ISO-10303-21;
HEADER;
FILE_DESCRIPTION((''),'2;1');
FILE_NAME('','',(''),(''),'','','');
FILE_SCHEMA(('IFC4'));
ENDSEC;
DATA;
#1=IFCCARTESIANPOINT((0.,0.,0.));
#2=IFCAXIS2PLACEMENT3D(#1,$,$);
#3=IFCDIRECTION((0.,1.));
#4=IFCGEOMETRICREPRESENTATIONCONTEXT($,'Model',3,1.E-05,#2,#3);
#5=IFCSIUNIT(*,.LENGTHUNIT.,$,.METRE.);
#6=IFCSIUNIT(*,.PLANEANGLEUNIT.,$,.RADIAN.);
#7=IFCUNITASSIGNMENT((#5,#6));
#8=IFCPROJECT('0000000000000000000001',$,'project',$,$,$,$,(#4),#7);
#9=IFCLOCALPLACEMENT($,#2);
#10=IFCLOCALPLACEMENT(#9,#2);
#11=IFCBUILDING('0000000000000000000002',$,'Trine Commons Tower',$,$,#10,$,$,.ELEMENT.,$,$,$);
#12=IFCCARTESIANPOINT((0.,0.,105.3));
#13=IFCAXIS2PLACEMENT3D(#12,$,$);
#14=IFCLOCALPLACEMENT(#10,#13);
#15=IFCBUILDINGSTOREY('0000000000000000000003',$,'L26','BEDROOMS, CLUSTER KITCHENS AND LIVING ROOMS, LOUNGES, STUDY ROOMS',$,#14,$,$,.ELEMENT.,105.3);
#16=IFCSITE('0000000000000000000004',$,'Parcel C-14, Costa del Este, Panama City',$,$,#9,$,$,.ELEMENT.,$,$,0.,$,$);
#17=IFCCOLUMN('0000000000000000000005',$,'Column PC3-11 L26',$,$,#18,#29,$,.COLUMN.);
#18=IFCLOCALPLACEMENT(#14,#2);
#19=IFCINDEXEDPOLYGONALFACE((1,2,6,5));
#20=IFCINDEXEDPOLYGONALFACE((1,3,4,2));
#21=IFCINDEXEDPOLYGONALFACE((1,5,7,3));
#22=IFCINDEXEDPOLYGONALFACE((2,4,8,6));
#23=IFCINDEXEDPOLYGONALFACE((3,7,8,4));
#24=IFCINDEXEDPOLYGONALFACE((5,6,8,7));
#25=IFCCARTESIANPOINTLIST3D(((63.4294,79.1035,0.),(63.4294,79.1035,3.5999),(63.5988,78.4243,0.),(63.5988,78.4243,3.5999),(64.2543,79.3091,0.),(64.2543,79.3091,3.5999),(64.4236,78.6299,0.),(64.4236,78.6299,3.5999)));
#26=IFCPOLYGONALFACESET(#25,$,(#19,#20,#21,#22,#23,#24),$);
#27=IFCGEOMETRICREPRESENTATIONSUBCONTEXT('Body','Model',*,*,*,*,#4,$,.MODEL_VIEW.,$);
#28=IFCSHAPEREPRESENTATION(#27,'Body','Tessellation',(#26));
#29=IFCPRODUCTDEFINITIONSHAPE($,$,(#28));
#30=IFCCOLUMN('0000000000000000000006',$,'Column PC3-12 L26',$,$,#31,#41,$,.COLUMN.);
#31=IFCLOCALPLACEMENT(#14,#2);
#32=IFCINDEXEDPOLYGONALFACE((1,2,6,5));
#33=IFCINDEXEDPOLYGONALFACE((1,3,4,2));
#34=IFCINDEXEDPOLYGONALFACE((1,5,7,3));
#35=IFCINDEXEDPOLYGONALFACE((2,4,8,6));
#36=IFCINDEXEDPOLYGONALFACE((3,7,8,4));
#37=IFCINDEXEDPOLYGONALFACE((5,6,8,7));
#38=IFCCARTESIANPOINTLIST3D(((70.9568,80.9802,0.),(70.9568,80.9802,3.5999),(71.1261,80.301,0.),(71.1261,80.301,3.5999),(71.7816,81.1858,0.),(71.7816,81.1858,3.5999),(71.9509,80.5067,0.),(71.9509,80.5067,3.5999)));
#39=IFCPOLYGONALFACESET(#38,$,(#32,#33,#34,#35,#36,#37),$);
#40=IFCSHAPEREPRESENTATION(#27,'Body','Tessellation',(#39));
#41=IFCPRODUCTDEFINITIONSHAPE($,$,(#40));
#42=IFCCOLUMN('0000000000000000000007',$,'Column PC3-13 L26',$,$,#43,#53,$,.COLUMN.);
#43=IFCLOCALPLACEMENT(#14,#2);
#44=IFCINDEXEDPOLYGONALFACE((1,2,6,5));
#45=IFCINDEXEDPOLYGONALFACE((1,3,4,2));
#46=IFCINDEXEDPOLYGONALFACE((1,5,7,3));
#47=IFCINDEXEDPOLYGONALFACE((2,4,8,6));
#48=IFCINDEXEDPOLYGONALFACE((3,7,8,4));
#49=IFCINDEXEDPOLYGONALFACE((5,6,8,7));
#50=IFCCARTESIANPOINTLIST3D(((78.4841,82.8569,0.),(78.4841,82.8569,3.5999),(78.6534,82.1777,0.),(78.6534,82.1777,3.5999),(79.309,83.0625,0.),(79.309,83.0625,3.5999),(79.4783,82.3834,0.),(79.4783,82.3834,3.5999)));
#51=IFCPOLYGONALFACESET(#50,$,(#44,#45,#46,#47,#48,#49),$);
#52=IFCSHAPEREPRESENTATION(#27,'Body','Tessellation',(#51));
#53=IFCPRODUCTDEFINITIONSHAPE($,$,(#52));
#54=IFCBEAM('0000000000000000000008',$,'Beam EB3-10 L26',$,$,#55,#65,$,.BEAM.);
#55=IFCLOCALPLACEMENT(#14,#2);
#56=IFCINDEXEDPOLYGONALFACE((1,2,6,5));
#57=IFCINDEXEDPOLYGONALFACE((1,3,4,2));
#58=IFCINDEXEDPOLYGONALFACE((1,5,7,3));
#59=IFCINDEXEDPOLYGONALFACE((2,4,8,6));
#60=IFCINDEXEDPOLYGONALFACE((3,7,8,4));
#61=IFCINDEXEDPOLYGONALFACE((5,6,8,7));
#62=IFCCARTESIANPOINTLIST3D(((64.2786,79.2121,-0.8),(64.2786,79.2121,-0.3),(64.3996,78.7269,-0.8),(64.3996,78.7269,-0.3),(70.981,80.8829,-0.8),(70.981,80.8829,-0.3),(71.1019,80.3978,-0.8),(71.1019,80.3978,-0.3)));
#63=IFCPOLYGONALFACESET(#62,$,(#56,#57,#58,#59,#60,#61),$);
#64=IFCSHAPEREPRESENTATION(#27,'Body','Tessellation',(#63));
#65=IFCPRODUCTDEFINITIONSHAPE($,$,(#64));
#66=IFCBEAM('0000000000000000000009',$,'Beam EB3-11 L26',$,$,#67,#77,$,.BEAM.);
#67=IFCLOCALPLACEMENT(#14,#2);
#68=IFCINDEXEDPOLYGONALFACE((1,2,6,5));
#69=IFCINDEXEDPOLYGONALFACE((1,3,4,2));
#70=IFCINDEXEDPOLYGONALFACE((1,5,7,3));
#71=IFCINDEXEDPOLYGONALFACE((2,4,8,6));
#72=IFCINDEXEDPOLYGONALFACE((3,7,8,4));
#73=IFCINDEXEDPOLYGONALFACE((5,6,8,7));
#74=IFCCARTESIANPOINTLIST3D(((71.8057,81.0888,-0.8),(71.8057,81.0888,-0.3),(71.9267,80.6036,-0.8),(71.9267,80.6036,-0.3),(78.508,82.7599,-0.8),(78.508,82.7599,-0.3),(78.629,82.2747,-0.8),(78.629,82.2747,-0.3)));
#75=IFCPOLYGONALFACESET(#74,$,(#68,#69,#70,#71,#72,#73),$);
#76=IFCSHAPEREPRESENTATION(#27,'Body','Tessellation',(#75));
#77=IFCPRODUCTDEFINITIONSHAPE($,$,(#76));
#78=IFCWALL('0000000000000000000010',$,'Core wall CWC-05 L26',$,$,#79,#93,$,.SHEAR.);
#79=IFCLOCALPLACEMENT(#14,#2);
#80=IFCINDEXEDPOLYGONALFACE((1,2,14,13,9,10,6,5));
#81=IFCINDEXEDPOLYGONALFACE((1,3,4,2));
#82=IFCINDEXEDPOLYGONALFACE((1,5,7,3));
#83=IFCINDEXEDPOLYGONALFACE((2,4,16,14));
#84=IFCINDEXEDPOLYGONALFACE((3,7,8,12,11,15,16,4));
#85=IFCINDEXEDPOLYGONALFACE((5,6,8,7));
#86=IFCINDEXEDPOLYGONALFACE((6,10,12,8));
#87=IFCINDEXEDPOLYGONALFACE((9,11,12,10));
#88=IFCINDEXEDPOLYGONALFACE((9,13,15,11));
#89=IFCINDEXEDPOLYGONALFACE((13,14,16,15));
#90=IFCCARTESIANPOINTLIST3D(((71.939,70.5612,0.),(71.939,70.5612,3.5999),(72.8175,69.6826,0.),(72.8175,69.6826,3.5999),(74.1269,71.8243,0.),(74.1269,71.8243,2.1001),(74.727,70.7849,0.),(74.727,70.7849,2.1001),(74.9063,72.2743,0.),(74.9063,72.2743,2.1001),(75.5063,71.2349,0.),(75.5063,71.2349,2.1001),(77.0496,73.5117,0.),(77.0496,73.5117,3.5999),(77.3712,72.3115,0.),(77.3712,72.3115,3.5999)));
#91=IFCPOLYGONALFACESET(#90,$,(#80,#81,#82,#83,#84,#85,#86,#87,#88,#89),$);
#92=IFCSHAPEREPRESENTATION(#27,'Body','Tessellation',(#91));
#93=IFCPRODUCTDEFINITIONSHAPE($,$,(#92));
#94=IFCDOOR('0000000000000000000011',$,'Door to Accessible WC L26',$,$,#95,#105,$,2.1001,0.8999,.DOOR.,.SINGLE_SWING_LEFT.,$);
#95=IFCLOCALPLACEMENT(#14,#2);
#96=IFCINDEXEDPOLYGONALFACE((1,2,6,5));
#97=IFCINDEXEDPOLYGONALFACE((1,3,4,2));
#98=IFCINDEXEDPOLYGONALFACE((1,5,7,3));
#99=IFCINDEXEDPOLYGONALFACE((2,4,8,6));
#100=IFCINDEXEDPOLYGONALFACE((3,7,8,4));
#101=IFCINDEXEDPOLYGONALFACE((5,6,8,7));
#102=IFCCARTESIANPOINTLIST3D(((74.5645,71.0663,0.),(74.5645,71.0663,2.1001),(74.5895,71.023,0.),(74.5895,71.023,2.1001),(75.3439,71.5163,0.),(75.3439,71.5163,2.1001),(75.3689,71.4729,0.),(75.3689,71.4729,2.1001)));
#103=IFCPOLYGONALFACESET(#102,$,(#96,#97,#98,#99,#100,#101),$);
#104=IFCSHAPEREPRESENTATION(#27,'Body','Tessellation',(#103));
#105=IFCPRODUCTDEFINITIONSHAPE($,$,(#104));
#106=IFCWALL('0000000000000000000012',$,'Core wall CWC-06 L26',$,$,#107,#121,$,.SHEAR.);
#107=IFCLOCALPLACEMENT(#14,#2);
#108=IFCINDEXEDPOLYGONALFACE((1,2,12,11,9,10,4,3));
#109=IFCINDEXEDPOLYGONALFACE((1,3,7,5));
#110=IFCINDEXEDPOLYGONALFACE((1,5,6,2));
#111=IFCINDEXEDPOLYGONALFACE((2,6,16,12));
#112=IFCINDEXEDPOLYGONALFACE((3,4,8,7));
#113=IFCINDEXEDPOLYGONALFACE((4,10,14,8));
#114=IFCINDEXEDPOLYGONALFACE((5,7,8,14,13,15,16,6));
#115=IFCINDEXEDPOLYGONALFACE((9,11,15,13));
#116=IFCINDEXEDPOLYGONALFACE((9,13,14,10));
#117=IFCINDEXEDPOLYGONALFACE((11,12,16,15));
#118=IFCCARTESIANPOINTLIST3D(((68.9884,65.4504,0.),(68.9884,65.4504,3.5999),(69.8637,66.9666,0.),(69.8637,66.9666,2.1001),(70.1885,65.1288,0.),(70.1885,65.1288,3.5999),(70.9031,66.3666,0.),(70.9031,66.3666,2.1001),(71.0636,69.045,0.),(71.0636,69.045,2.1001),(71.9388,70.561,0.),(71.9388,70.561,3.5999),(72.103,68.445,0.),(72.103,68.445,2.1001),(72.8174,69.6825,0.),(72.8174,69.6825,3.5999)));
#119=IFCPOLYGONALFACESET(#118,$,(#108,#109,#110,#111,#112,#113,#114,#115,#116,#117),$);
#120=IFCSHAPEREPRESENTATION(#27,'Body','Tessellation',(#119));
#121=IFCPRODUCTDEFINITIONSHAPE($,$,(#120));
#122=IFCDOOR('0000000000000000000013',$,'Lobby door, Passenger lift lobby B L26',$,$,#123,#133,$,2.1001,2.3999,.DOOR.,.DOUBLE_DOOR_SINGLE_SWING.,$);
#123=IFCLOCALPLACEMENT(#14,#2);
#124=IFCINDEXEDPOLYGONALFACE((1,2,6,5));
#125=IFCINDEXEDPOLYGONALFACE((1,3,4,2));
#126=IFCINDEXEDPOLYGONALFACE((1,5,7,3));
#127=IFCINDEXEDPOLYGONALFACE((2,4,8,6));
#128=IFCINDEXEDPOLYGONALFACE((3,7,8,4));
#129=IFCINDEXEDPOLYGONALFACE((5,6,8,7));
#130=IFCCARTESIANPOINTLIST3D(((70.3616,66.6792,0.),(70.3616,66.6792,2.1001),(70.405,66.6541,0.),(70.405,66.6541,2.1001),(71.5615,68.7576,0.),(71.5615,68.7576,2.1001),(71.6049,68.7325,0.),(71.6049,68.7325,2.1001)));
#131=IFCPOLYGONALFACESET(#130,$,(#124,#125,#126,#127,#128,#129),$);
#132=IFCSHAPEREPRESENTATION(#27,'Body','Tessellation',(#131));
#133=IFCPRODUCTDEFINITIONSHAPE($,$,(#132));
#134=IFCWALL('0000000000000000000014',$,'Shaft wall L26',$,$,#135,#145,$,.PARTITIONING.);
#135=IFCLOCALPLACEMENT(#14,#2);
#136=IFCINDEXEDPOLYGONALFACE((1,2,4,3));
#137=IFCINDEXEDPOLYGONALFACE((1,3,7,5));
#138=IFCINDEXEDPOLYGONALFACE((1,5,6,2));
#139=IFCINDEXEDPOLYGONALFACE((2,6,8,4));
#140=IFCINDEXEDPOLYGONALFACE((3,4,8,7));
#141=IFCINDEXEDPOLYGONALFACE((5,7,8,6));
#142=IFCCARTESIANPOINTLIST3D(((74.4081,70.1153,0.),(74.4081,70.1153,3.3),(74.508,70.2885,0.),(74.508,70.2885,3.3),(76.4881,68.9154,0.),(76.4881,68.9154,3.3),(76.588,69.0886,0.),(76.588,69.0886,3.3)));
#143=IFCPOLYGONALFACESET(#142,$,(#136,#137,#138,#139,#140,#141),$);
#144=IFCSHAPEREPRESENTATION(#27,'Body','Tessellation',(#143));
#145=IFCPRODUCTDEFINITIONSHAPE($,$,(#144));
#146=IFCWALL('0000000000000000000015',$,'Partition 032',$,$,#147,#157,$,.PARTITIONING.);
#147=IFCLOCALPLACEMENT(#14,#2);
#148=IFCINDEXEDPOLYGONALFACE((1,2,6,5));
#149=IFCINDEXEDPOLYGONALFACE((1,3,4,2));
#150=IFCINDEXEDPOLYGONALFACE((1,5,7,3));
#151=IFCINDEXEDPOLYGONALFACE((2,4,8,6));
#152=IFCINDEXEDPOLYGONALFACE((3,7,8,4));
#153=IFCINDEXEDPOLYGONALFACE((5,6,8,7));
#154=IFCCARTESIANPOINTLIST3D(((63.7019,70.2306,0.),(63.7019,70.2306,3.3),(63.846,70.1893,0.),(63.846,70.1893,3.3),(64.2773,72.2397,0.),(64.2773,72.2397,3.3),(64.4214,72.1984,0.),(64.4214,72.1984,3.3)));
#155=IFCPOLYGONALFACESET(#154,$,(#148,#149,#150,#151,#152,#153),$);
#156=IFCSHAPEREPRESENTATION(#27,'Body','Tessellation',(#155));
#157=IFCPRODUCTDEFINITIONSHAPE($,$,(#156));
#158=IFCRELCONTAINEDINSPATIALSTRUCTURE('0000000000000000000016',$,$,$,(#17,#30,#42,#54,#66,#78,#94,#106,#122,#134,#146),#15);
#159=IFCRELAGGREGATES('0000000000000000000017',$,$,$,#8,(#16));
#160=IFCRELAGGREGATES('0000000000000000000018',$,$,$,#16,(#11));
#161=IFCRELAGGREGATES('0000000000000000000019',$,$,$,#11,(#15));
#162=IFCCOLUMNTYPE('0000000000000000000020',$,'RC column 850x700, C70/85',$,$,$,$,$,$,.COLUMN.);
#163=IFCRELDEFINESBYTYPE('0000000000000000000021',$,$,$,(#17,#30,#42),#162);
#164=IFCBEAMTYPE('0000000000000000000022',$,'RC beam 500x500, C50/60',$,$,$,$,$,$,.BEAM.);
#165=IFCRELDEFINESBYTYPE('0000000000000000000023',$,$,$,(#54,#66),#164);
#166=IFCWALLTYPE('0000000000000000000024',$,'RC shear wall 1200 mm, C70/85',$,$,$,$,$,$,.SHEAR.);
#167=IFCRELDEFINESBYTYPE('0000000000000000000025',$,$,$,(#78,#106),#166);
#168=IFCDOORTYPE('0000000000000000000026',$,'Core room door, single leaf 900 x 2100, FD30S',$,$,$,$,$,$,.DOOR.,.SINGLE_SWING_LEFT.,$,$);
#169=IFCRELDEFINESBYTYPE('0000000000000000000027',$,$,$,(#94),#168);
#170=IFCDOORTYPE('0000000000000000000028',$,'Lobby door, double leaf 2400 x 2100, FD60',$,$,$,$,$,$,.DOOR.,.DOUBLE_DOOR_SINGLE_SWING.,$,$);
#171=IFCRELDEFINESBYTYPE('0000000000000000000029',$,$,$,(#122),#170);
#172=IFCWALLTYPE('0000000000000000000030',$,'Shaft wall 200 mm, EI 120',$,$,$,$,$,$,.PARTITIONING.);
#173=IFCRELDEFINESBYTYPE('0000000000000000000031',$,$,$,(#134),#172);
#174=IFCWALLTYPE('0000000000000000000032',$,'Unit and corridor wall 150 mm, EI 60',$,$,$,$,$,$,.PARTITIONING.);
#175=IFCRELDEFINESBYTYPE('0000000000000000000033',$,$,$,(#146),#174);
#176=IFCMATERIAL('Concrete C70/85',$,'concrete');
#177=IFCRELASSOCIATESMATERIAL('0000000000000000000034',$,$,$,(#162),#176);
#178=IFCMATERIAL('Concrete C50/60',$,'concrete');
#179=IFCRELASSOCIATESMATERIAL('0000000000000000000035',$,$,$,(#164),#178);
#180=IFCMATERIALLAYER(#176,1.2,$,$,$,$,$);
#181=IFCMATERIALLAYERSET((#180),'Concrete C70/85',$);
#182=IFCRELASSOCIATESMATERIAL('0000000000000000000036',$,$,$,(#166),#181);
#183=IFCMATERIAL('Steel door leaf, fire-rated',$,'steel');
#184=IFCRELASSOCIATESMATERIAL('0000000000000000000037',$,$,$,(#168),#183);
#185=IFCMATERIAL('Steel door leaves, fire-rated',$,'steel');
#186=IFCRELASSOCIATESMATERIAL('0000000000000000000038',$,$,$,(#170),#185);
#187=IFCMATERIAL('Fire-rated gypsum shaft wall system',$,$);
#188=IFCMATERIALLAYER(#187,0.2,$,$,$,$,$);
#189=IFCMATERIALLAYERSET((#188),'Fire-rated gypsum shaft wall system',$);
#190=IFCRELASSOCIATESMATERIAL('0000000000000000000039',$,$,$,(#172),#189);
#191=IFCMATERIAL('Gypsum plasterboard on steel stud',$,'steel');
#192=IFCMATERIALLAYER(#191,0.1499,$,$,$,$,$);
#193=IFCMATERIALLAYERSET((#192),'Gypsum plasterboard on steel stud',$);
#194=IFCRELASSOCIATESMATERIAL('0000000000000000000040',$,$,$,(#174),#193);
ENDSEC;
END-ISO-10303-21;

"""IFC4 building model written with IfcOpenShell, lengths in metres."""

from ifc_helpers import new_model, si_unit, direction, frame, frame_2d, origin, origin_2d, place, context, subcontext, project, spatial, polyline, rectangle, outline, extrude, material, layer, layer_set, material_profile, profile_set, type_object, element, fill, save


model = new_model("IFC4")

# Units and contexts
model_context = context("Model", 3, precision=1e-05, world=origin(), true_north=direction((0.0, 1.0)))
body_context = subcontext(model_context, "Body", "Model", "MODEL_VIEW")
ifc_project = project(units=[si_unit("LENGTHUNIT", "METRE"), si_unit("PLANEANGLEUNIT", "RADIAN")], contexts=[model_context])

# Site, building, storey
site_placement = place(None, origin())
site = spatial("IfcSite", under=ifc_project, at=site_placement, Name="Parcel C-14, Costa del Este, Panama City", CompositionType="ELEMENT", RefElevation=0.0)
building_placement = place(site_placement, origin())
building = spatial("IfcBuilding", under=site, at=building_placement, Name="Trine Commons Tower", CompositionType="ELEMENT")
storey_placement = place(building_placement, frame((0.0, 0.0, 105.3)))
storey = spatial("IfcBuildingStorey", under=building, at=storey_placement, Name="L26", Description="BEDROOMS, CLUSTER KITCHENS AND LIVING ROOMS, LOUNGES, STUDY ROOMS", CompositionType="ELEMENT", Elevation=105.3)

# Columns
ifc_material_1 = material(Name="Concrete C70/85", Category="concrete")
ifc_material_profile_1 = material_profile(ifc_material_1, rectangle(XDim=0.8501, YDim=0.7, at=origin_2d()), Name="RC 850x700")
ifc_profile_set_1 = profile_set([ifc_material_profile_1], Name="Concrete C70/85")
column_type = type_object("IfcColumnType", Name="RC column 850x700, C70/85", PredefinedType="COLUMN", material=ifc_profile_set_1)
for number, where, z_axis, x_axis, name in (
    (1, (63.9265, 78.8667, 0.0), (0.0, 0.0, 1.0), (0.970296, 0.241922, 0.0), "Column PC3-11 L26"),
    (2, (71.4539, 80.7434, 0.0), (0.0, 0.0, 1.0), (0.970296, 0.241922, 0.0), "Column PC3-12 L26"),
    (3, (78.9812, 82.6201, 0.0), (0.0, 0.0, 1.0), (0.970296, 0.241922, 0.0), "Column PC3-13 L26"),
):
    element("IfcColumn", number, at=place(storey_placement, frame(where, z_axis=z_axis, x_axis=x_axis)), inside=storey, type_object=column_type, Name=name, PredefinedType="COLUMN", context=body_context, shape_type="SweptSolid", body=[
        extrude(rectangle(XDim=0.8501, YDim=0.7, at=origin_2d()), origin(), (0.0, 0.0, 1.0), 3.5999),
    ])

# Beams
ifc_material_2 = material(Name="Concrete C50/60", Category="concrete")
ifc_material_profile_2 = material_profile(ifc_material_2, rectangle(XDim=0.5, YDim=0.5, at=origin_2d()), Name="RC 500x500")
ifc_profile_set_2 = profile_set([ifc_material_profile_2], Name="Concrete C50/60")
beam_type = type_object("IfcBeamType", Name="RC beam 500x500, C50/60", PredefinedType="BEAM", material=ifc_profile_set_2)
for number, where, z_axis, x_axis, name in (
    (4, (64.3391, 78.9695, -0.55), (0.970302, 0.241895, 0.0), (-0.241895, 0.970302, 0.0), "Beam EB3-10 L26"),
    (5, (71.8662, 80.8462, -0.55), (0.970294, 0.241928, 0.0), (-0.241928, 0.970294, 0.0), "Beam EB3-11 L26"),
):
    element("IfcBeam", number, at=place(storey_placement, frame(where, z_axis=z_axis, x_axis=x_axis)), inside=storey, type_object=beam_type, Name=name, PredefinedType="BEAM", context=body_context, shape_type="SweptSolid", body=[
        extrude(rectangle(XDim=0.5, YDim=0.5, at=origin_2d()), origin(), (0.0, 0.0, 1.0), 6.9075),
    ])

# Walls, openings, doors
ifc_layer_1 = layer(ifc_material_1, 1.2)
ifc_layer_set_1 = layer_set([ifc_layer_1], Name="Concrete C70/85")
wall_type_1 = type_object("IfcWallType", Name="RC shear wall 1200 mm, C70/85", PredefinedType="SHEAR", material=ifc_layer_set_1)
wall_1_placement = place(storey_placement, frame((77.3496, 72.9919, 0.0), z_axis=(0.0, 0.0, 1.0), x_axis=(-0.866037, -0.499979, 0.0)))
wall_1 = element("IfcWall", 6, at=wall_1_placement, inside=storey, type_object=wall_type_1, Name="Core wall CWC-05 L26", PredefinedType="SHEAR", context=body_context, shape_type="SweptSolid", body=[
    extrude(outline(polyline([(0.0, -0.6001), (5.9011, -0.6001), (5.5796, 0.6001), (0.3215, 0.6001), (0.0, -0.6001)])), origin(), (0.0, 0.0, 1.0), 3.5999),
])
opening_1_placement = place(wall_1_placement, frame((2.4749, 0.0, 0.0)))
opening_1 = element("IfcOpeningElement", 7, at=opening_1_placement, cuts=wall_1, PredefinedType="OPENING", context=body_context, shape_type="SweptSolid", body=[
    extrude(rectangle(XDim=0.8999, YDim=2.1001, at=frame_2d((0.45, 1.05))), frame((0.0, 0.6099, 0.0), z_axis=(0.0, -1.0, 0.0), x_axis=(1.0, 0.0, 0.0)), (0.0, 0.0, 1.0), 1.22),
])
ifc_material_3 = material(Name="Steel door leaf, fire-rated", Category="steel")
door_type_1 = type_object("IfcDoorType", Name="Core room door, single leaf 900 x 2100, FD30S", OperationType="SINGLE_SWING_LEFT", PredefinedType="DOOR", material=ifc_material_3)
door_1_placement = place(opening_1_placement, origin())
door_1 = element("IfcDoor", 8, at=door_1_placement, inside=storey, type_object=door_type_1, Name="Door to Accessible WC L26", OperationType="SINGLE_SWING_LEFT", OverallHeight=2.1001, OverallWidth=0.8999, PredefinedType="DOOR", context=body_context, shape_type="SweptSolid", body=[
    extrude(rectangle(XDim=0.8999, YDim=2.1001, at=frame_2d((0.45, 1.05))), frame((0.0, 0.3252, 0.0), z_axis=(0.0, -1.0, 0.0), x_axis=(1.0, 0.0, 0.0)), (0.0, 0.0, 1.0), 0.05),
])
fill(opening_1, door_1)
wall_2_placement = place(storey_placement, frame((72.4585, 70.261, 0.0), z_axis=(0.0, 0.0, 1.0), x_axis=(-0.499979, -0.866037, 0.0)))
wall_2 = element("IfcWall", 9, at=wall_2_placement, inside=storey, type_object=wall_type_1, Name="Core wall CWC-06 L26", PredefinedType="SHEAR", context=body_context, shape_type="SweptSolid", body=[
    extrude(outline(polyline([(0.0, -0.6001), (5.9011, -0.6001), (5.5796, 0.6001), (0.3215, 0.6001), (0.0, -0.6001)])), origin(), (0.0, 0.0, 1.0), 3.5999),
])
opening_2_placement = place(wall_2_placement, frame((1.7505, 0.0, 0.0)))
opening_2 = element("IfcOpeningElement", 10, at=opening_2_placement, cuts=wall_2, PredefinedType="OPENING", context=body_context, shape_type="SweptSolid", body=[
    extrude(rectangle(XDim=2.3999, YDim=2.1001, at=frame_2d((1.2, 1.05))), frame((0.0, 0.6099, 0.0), z_axis=(0.0, -1.0, 0.0), x_axis=(1.0, 0.0, 0.0)), (0.0, 0.0, 1.0), 1.22),
])
ifc_material_4 = material(Name="Steel door leaves, fire-rated", Category="steel")
door_type_2 = type_object("IfcDoorType", Name="Lobby door, double leaf 2400 x 2100, FD60", OperationType="DOUBLE_DOOR_SINGLE_SWING", PredefinedType="DOOR", material=ifc_material_4)
door_2_placement = place(opening_2_placement, origin())
door_2 = element("IfcDoor", 11, at=door_2_placement, inside=storey, type_object=door_type_2, Name="Lobby door, Passenger lift lobby B L26", OperationType="DOUBLE_DOOR_SINGLE_SWING", OverallHeight=2.1001, OverallWidth=2.3999, PredefinedType="DOOR", context=body_context, shape_type="SweptSolid", body=[
    extrude(rectangle(XDim=2.3999, YDim=2.1001, at=frame_2d((1.2, 1.05))), frame((0.0, 0.0249, 0.0), z_axis=(0.0, -1.0, 0.0), x_axis=(1.0, 0.0, 0.0)), (0.0, 0.0, 1.0), 0.05),
])
fill(opening_2, door_2)

# Walls
ifc_material_5 = material(Name="Fire-rated gypsum shaft wall system")
ifc_layer_2 = layer(ifc_material_5, 0.2)
ifc_layer_set_2 = layer_set([ifc_layer_2], Name="Fire-rated gypsum shaft wall system")
wall_type_2 = type_object("IfcWallType", Name="Shaft wall 200 mm, EI 120", PredefinedType="PARTITIONING", material=ifc_layer_set_2)
wall_3_placement = place(storey_placement, frame((76.5381, 69.002, 0.0), z_axis=(0.0, 0.0, 1.0), x_axis=(-0.866203, 0.499693, 0.0)))
element("IfcWall", 12, at=wall_3_placement, inside=storey, type_object=wall_type_2, Name="Shaft wall L26", PredefinedType="PARTITIONING", context=body_context, shape_type="SweptSolid", body=[
    extrude(rectangle(XDim=2.4014, YDim=0.2, at=frame_2d((1.2007, 0.0))), origin(), (0.0, 0.0, 1.0), 3.3),
])
ifc_material_6 = material(Name="Gypsum plasterboard on steel stud", Category="steel")
ifc_layer_3 = layer(ifc_material_6, 0.1499)
ifc_layer_set_3 = layer_set([ifc_layer_3], Name="Gypsum plasterboard on steel stud")
wall_type_3 = type_object("IfcWallType", Name="Unit and corridor wall 150 mm, EI 60", PredefinedType="PARTITIONING", material=ifc_layer_set_3)
wall_4_placement = place(storey_placement, frame((63.7739, 70.21, 0.0), z_axis=(0.0, 0.0, 1.0), x_axis=(0.275354, 0.961343, 0.0)))
element("IfcWall", 13, at=wall_4_placement, inside=storey, type_object=wall_type_3, Name="Partition 032", PredefinedType="PARTITIONING", context=body_context, shape_type="SweptSolid", body=[
    extrude(rectangle(XDim=2.0898, YDim=0.1499, at=frame_2d((1.0449, 0.0))), origin(), (0.0, 0.0, 1.0), 3.3),
])

save(model, "model.ifc")
